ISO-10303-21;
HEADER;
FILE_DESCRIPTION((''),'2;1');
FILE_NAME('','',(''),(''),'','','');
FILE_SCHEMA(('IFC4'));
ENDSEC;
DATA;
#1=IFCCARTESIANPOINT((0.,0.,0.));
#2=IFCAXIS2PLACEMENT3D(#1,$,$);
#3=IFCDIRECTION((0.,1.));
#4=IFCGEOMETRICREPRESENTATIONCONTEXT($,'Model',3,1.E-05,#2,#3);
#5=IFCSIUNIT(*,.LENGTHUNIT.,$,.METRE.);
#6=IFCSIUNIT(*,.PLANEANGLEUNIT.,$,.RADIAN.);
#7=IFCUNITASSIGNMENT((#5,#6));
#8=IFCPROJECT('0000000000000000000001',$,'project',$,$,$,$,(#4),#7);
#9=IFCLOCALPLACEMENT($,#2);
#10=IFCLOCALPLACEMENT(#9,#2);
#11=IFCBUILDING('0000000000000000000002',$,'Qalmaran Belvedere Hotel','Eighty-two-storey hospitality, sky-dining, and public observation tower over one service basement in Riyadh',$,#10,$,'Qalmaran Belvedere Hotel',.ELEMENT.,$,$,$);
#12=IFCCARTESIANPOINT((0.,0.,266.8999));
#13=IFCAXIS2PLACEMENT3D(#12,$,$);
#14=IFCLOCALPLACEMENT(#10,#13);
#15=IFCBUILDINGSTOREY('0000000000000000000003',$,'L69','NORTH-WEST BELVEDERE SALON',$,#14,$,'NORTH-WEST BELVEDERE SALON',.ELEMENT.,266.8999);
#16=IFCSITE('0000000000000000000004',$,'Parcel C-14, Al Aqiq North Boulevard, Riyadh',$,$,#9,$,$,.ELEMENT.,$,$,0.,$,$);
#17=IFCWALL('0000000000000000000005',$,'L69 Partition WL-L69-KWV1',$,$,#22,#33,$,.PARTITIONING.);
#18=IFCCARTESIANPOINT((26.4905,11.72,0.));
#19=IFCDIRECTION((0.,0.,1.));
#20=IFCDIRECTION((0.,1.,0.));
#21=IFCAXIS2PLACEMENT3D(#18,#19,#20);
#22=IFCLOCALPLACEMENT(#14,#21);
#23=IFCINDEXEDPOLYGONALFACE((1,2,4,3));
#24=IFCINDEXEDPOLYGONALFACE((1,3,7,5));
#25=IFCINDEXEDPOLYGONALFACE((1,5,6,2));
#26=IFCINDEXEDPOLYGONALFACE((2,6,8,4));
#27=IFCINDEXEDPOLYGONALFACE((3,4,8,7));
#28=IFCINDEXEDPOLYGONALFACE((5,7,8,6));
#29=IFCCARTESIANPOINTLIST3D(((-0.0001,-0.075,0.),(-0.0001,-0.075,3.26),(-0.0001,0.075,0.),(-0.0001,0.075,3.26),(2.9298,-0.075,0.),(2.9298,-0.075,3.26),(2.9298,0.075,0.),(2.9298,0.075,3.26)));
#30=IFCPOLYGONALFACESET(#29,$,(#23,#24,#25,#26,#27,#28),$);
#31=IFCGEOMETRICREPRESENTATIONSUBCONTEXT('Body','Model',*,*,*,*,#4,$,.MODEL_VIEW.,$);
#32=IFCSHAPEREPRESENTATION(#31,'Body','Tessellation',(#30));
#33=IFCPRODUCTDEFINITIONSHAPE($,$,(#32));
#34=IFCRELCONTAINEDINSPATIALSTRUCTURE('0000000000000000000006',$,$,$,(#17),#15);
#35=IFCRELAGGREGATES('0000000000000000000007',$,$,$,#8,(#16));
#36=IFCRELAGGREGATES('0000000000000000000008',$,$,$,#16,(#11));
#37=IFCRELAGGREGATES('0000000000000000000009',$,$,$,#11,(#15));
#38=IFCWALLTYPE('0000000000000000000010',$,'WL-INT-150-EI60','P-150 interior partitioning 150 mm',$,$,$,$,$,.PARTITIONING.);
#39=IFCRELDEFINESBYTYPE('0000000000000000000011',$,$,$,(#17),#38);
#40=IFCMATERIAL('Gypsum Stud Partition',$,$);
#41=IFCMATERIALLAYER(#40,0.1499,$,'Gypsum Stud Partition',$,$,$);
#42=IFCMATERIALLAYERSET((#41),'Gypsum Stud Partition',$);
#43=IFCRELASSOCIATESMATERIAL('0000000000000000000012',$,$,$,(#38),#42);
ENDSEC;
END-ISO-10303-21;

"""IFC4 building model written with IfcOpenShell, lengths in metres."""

from ifc_helpers import new_model, si_unit, direction, frame, frame_2d, origin, place, context, subcontext, project, spatial, rectangle, extrude, material, layer, layer_set, type_object, element, save


model = new_model("IFC4")

# Units and contexts
model_context = context("Model", 3, precision=1e-05, world=origin(), true_north=direction((0.0, 1.0)))
body_context = subcontext(model_context, "Body", "Model", "MODEL_VIEW")
ifc_project = project(units=[si_unit("LENGTHUNIT", "METRE"), si_unit("PLANEANGLEUNIT", "RADIAN")], contexts=[model_context])

# Site, building, storey
site_placement = place(None, origin())
site = spatial("IfcSite", under=ifc_project, at=site_placement, Name="Parcel C-14, Al Aqiq North Boulevard, Riyadh", CompositionType="ELEMENT", RefElevation=0.0)
building_placement = place(site_placement, origin())
building = spatial("IfcBuilding", under=site, at=building_placement, Name="Qalmaran Belvedere Hotel", Description="Eighty-two-storey hospitality, sky-dining, and public observation tower over one service basement in Riyadh", LongName="Qalmaran Belvedere Hotel", CompositionType="ELEMENT")
storey_placement = place(building_placement, frame((0.0, 0.0, 266.8999)))
storey = spatial("IfcBuildingStorey", under=building, at=storey_placement, Name="L69", Description="NORTH-WEST BELVEDERE SALON", LongName="NORTH-WEST BELVEDERE SALON", CompositionType="ELEMENT", Elevation=266.8999)

# Wall
ifc_material_1 = material(Name="Gypsum Stud Partition")
ifc_layer_1 = layer(ifc_material_1, 0.1499, Name="Gypsum Stud Partition")
ifc_layer_set_1 = layer_set([ifc_layer_1], Name="Gypsum Stud Partition")
wall_type_1 = type_object("IfcWallType", Name="WL-INT-150-EI60", Description="P-150 interior partitioning 150 mm", PredefinedType="PARTITIONING", material=ifc_layer_set_1)
wall_1_placement = place(storey_placement, frame((26.4905, 11.72, 0.0), z_axis=(0.0, 0.0, 1.0), x_axis=(0.0, 1.0, 0.0)))
element("IfcWall", 1, at=wall_1_placement, inside=storey, type_object=wall_type_1, Name="L69 Partition WL-L69-KWV1", PredefinedType="PARTITIONING", context=body_context, shape_type="SweptSolid", body=[
    extrude(rectangle(XDim=2.9299, YDim=0.1499, at=frame_2d((1.4648, 0.0))), origin(), (0.0, 0.0, 1.0), 3.26),
])

save(model, "model.ifc")
